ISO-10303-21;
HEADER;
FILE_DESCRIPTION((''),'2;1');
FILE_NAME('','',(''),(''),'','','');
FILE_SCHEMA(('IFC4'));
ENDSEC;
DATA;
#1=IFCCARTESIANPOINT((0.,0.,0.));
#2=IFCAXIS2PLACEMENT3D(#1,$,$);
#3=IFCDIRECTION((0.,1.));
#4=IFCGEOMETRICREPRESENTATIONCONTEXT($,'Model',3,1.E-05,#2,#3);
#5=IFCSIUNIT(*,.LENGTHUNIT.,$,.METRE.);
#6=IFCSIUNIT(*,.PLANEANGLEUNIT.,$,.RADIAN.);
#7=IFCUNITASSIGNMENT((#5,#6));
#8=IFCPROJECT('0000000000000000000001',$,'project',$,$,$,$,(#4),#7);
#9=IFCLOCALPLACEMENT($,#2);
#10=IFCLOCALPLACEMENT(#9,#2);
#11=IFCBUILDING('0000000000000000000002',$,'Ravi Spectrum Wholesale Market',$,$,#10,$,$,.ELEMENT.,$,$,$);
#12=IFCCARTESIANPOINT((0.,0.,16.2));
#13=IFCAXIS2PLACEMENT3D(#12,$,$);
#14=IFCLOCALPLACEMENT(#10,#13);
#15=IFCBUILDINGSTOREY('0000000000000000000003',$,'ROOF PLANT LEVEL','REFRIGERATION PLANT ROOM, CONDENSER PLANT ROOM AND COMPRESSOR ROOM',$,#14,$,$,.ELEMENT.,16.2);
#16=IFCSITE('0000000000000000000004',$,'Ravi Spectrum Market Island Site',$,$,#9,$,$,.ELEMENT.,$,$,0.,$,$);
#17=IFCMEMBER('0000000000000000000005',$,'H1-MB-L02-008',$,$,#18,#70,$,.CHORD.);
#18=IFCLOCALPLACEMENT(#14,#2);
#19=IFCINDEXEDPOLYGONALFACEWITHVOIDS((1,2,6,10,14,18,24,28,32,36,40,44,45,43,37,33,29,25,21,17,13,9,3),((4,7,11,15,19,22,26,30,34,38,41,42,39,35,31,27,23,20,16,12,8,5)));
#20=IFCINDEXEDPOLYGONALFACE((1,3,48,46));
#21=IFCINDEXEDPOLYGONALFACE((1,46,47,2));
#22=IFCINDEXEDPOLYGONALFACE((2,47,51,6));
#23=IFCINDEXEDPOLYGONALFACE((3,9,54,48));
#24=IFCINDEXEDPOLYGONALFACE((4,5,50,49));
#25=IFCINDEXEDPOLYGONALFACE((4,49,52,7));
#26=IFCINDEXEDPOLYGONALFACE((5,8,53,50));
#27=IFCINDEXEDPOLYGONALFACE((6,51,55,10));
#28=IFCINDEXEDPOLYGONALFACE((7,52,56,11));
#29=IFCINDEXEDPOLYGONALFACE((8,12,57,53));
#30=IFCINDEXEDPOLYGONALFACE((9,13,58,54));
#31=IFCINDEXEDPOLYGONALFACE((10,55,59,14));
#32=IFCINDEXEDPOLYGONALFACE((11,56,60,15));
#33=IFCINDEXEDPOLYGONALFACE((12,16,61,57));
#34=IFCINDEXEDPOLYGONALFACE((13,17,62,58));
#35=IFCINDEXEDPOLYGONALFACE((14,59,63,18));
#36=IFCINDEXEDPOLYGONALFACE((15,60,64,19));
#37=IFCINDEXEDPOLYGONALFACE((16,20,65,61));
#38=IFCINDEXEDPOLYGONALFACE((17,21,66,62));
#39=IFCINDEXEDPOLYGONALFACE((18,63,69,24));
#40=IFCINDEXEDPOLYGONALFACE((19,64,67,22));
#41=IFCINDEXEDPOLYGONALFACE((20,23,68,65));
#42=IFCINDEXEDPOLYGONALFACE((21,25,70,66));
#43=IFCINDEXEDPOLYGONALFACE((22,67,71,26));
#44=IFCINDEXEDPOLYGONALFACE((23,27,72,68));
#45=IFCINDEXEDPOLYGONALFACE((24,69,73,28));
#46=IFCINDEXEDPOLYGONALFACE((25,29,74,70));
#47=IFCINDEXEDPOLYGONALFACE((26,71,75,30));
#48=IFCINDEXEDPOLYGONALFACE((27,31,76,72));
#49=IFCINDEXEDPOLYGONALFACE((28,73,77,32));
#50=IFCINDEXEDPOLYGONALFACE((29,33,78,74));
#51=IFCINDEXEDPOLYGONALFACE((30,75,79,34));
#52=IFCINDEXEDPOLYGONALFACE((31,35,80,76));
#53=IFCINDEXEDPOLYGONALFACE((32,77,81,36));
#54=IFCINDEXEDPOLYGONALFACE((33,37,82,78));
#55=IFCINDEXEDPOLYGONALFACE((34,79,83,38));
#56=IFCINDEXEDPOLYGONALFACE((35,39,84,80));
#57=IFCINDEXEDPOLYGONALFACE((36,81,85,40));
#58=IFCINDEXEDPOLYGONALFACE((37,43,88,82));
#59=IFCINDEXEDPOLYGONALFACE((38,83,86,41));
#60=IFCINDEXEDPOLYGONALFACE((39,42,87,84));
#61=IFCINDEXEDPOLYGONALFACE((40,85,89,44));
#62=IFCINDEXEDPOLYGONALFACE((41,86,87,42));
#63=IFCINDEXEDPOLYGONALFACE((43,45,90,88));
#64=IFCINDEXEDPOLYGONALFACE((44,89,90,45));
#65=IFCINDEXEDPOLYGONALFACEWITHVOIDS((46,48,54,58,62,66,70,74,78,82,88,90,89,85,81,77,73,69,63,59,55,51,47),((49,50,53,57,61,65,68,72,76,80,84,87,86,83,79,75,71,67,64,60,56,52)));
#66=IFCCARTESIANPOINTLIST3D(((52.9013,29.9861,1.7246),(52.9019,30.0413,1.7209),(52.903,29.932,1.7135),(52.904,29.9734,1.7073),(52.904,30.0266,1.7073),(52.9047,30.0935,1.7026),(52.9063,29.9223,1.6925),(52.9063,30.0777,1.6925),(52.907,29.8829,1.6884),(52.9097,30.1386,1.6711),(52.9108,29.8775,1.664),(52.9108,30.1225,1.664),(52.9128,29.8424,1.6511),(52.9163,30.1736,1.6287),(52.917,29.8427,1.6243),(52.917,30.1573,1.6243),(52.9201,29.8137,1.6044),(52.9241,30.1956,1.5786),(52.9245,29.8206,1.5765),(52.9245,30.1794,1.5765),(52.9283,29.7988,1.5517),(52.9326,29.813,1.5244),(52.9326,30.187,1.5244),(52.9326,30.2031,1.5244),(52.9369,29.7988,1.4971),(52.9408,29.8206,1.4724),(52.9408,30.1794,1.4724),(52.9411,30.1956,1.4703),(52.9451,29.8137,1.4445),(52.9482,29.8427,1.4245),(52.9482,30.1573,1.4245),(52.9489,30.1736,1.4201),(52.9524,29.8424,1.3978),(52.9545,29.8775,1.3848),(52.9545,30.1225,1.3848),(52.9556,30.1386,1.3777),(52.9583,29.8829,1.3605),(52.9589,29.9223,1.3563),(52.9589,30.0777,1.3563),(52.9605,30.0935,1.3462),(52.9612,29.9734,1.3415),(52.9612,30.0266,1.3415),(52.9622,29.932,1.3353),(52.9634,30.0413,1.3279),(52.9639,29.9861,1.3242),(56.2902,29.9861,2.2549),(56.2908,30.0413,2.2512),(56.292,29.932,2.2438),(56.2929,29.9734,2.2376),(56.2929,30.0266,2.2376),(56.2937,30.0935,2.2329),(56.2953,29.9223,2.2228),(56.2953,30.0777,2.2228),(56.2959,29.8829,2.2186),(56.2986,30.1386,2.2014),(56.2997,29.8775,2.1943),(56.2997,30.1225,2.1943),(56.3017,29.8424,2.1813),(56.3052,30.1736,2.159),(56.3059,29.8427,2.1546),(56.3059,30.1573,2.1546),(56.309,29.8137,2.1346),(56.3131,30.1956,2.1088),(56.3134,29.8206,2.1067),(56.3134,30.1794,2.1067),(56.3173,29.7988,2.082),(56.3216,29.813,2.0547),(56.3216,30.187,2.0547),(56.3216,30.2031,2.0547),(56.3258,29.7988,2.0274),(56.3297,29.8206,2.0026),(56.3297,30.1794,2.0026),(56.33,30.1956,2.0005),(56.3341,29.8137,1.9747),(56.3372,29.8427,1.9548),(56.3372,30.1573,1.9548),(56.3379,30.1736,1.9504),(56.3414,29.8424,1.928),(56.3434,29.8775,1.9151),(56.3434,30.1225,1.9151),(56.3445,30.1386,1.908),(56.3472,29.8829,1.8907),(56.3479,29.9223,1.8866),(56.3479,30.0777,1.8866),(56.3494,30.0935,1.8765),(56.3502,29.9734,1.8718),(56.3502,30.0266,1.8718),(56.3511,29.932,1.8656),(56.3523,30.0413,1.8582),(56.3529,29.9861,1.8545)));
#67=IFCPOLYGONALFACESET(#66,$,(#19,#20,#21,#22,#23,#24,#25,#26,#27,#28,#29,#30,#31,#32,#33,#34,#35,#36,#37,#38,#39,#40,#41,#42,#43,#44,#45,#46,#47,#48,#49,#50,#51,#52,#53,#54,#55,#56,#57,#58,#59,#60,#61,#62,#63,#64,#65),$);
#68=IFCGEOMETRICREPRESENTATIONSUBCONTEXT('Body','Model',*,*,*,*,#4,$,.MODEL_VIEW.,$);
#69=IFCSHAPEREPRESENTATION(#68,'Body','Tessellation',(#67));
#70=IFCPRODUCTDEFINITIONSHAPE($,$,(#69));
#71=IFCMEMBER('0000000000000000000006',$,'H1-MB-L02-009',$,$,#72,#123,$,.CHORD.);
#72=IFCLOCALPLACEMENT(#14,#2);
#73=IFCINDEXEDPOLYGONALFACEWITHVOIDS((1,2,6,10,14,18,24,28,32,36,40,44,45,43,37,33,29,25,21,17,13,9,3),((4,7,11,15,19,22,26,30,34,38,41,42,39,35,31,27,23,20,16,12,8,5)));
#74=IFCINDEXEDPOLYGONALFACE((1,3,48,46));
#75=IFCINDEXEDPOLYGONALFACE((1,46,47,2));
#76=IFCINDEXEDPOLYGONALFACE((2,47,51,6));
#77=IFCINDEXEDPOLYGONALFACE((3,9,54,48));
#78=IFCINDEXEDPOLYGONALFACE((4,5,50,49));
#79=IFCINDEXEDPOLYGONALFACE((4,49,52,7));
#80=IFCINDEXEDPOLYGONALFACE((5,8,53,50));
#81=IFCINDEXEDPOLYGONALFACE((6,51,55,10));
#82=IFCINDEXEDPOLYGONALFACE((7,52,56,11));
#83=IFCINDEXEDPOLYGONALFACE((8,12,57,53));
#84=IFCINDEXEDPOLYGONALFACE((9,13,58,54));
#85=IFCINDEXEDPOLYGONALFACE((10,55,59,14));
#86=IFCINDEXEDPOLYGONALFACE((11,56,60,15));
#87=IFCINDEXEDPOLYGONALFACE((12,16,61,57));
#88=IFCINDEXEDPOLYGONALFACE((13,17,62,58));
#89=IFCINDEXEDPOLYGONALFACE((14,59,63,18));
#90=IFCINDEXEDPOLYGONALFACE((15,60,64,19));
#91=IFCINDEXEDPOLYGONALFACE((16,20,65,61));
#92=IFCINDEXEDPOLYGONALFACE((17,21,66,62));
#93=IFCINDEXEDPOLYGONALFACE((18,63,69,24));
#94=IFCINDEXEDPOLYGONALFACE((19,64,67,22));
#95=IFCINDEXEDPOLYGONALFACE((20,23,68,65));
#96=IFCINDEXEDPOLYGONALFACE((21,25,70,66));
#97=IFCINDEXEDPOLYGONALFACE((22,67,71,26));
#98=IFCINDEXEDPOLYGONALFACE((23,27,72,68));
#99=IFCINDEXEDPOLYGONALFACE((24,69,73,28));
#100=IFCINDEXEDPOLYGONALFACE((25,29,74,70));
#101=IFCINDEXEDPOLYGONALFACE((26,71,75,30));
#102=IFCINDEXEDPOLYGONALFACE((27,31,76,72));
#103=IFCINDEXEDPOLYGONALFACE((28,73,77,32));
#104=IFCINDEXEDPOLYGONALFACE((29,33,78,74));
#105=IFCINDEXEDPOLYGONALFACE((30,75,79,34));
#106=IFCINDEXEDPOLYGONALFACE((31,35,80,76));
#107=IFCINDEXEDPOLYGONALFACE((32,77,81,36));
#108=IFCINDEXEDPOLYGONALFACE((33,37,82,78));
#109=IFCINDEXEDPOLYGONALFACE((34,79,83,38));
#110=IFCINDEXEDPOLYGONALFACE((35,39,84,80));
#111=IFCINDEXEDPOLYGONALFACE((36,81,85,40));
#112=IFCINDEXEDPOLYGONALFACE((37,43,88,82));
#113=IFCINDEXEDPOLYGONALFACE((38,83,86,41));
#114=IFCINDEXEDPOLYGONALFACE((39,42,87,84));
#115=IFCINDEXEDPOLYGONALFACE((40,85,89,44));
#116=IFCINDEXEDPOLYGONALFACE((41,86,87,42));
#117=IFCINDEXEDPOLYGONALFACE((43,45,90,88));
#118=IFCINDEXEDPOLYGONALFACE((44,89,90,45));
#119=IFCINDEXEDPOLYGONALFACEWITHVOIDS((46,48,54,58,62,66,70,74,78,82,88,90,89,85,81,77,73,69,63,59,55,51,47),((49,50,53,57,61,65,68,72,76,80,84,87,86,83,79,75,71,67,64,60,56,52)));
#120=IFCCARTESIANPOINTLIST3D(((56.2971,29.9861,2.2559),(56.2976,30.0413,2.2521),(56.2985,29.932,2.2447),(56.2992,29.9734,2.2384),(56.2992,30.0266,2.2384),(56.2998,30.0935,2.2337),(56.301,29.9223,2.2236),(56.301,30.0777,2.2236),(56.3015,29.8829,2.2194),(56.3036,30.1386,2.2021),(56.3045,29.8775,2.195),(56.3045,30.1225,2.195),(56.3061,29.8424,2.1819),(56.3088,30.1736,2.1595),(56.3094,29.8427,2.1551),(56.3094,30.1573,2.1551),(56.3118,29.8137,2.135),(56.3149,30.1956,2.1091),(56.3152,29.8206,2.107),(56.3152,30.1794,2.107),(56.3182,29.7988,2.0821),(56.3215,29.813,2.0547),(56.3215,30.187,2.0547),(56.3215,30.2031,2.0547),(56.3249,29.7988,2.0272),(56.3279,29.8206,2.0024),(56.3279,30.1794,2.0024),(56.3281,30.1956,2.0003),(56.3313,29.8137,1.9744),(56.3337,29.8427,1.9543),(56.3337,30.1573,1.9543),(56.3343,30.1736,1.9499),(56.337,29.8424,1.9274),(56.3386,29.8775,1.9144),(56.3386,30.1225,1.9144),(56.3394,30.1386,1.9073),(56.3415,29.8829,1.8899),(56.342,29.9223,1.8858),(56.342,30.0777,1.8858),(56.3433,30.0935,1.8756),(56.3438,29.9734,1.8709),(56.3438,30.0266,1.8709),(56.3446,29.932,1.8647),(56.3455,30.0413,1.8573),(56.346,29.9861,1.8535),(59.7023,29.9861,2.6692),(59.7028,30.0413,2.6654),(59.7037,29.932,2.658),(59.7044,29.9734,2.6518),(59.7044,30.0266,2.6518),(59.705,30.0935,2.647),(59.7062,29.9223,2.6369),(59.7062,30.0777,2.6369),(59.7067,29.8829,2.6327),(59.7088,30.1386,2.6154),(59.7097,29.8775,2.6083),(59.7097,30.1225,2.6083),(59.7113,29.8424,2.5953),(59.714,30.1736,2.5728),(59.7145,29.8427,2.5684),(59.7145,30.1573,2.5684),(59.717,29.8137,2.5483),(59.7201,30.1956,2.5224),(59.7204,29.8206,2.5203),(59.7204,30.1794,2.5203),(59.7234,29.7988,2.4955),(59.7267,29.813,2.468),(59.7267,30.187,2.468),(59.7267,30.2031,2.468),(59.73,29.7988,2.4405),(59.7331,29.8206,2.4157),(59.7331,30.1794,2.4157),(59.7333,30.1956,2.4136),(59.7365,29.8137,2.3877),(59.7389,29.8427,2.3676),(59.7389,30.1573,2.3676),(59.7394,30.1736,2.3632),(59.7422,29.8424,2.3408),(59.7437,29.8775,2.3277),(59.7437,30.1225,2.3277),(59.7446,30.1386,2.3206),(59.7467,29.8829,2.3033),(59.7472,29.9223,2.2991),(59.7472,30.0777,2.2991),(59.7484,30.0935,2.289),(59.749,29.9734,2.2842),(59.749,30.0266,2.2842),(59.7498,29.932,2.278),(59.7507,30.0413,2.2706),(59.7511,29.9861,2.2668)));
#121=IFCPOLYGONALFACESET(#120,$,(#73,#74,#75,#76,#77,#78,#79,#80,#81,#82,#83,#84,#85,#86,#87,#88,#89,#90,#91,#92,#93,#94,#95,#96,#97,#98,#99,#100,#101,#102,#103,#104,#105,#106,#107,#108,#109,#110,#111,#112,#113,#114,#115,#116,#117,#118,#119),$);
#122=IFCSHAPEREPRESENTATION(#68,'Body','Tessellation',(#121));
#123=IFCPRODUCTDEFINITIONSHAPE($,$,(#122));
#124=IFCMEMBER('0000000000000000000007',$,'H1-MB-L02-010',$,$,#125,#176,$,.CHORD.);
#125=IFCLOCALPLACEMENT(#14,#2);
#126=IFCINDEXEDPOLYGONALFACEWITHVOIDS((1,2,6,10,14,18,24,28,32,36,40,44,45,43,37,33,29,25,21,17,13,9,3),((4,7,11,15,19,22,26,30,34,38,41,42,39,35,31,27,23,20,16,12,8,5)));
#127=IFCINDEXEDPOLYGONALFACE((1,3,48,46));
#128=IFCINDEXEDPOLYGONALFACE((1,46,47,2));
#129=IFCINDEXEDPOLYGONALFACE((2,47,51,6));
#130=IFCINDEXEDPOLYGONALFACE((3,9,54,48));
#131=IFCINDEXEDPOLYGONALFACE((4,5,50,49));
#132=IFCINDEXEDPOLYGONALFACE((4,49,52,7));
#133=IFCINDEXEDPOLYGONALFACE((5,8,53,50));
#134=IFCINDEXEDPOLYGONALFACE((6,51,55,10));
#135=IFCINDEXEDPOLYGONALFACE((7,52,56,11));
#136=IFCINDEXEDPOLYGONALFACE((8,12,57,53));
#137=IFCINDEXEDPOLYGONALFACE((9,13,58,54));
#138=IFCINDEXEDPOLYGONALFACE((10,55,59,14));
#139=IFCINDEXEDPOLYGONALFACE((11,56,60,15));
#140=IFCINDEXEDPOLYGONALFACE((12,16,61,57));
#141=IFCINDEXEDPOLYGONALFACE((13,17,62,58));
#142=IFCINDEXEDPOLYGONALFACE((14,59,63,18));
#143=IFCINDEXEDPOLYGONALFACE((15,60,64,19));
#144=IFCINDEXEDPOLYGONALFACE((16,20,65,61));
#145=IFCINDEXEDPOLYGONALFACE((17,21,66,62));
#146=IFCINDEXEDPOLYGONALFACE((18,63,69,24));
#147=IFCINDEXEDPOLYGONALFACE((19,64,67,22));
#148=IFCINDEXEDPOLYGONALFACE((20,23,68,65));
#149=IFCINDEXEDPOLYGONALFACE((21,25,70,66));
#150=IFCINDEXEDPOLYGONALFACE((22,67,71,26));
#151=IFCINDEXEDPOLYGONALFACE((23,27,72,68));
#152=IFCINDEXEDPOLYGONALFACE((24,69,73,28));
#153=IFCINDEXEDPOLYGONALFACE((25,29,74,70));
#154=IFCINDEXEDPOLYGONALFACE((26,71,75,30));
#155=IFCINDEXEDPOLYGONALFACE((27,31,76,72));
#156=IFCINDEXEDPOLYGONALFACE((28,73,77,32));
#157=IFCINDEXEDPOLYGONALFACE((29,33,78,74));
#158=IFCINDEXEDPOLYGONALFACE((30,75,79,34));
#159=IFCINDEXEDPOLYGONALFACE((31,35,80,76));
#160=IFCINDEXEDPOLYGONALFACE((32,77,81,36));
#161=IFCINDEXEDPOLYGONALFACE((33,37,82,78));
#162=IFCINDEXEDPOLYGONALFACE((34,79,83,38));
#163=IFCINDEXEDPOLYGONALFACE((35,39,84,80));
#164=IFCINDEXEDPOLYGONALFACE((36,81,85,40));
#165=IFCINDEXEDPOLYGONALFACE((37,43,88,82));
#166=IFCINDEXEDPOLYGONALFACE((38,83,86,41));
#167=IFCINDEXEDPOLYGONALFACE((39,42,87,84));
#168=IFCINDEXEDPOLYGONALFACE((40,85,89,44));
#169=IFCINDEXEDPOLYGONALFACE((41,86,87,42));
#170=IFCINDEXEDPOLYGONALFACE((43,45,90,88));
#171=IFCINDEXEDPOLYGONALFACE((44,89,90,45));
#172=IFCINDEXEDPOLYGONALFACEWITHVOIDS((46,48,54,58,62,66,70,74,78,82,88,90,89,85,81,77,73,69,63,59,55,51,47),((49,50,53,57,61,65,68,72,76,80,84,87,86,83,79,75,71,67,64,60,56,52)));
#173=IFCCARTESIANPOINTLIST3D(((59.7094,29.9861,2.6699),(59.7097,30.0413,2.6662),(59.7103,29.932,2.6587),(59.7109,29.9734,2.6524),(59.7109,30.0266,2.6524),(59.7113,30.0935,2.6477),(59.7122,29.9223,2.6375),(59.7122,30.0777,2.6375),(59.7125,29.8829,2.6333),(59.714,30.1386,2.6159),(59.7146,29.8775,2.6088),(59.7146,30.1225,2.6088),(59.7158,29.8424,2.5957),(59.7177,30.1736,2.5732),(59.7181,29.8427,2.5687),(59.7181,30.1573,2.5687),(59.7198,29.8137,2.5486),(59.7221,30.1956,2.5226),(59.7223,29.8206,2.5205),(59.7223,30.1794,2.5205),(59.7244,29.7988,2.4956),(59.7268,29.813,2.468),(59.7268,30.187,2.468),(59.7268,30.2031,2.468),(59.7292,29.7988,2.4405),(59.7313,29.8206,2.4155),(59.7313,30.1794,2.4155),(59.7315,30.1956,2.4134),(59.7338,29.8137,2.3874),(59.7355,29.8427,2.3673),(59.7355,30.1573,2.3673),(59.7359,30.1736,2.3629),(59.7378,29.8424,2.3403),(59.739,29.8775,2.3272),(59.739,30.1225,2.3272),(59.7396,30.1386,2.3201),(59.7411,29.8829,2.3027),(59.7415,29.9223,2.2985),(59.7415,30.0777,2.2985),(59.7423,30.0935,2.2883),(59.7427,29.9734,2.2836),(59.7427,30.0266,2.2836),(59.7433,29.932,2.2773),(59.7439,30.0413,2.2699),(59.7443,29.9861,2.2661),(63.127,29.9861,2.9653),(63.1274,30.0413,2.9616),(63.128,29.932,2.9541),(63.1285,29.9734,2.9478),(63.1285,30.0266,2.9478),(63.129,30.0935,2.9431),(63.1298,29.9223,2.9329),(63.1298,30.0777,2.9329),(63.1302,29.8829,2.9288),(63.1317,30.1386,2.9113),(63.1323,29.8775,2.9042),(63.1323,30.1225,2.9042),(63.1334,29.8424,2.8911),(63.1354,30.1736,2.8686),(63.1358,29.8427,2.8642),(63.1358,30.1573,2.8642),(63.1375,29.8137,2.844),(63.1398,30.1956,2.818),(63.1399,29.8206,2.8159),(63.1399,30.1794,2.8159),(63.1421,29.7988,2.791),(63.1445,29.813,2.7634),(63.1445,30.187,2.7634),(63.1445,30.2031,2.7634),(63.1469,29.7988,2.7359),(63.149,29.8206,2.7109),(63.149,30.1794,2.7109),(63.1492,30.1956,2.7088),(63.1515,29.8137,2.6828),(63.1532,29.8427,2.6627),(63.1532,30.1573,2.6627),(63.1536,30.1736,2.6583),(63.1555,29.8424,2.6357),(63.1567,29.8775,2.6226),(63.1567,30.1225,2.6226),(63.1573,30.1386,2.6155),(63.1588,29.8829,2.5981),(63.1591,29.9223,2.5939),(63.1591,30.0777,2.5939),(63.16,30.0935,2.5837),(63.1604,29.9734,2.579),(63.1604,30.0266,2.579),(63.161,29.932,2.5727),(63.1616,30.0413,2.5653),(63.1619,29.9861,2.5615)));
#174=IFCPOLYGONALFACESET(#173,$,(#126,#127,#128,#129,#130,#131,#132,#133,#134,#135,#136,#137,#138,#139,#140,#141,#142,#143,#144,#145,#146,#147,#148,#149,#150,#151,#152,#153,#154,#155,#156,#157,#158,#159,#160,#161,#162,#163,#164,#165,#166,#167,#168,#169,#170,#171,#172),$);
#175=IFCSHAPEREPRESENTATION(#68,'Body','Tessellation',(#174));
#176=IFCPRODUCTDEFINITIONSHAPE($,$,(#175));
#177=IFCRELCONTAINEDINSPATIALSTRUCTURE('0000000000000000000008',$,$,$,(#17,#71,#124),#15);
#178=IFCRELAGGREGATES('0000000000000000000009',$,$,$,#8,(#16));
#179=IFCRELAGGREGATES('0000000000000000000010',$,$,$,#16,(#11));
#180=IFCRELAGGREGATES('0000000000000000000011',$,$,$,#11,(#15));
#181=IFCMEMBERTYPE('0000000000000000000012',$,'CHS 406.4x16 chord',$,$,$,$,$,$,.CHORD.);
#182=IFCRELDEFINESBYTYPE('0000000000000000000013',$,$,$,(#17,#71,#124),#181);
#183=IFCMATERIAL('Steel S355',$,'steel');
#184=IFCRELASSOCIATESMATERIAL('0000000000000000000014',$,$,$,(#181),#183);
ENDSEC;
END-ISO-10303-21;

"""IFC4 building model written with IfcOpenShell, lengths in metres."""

from ifc_helpers import new_model, si_unit, direction, frame, origin, origin_2d, place, context, subcontext, project, spatial, hollow_circle, extrude, material, material_profile, profile_set, type_object, element, save


model = new_model("IFC4")

# Units and contexts
model_context = context("Model", 3, precision=1e-05, world=origin(), true_north=direction((0.0, 1.0)))
body_context = subcontext(model_context, "Body", "Model", "MODEL_VIEW")
ifc_project = project(units=[si_unit("LENGTHUNIT", "METRE"), si_unit("PLANEANGLEUNIT", "RADIAN")], contexts=[model_context])

# Site, building, storey
site_placement = place(None, origin())
site = spatial("IfcSite", under=ifc_project, at=site_placement, Name="Ravi Spectrum Market Island Site", CompositionType="ELEMENT", RefElevation=0.0)
building_placement = place(site_placement, origin())
building = spatial("IfcBuilding", under=site, at=building_placement, Name="Ravi Spectrum Wholesale Market", CompositionType="ELEMENT")
storey_placement = place(building_placement, frame((0.0, 0.0, 16.2)))
storey = spatial("IfcBuildingStorey", under=building, at=storey_placement, Name="ROOF PLANT LEVEL", Description="REFRIGERATION PLANT ROOM, CONDENSER PLANT ROOM AND COMPRESSOR ROOM", CompositionType="ELEMENT", Elevation=16.2)

# Members
ifc_material_1 = material(Name="Steel S355", Category="steel")
ifc_material_profile_1 = material_profile(ifc_material_1, hollow_circle(Radius=0.2031, WallThickness=0.0161, at=origin_2d()))
ifc_profile_set_1 = profile_set([ifc_material_profile_1], Name="Steel S355")
member_type_1 = type_object("IfcMemberType", Name="CHS 406.4x16 chord", PredefinedType="CHORD", material=ifc_profile_set_1)
for number, where, z_axis, x_axis, name in (
    (1, (52.9326, 30.0, 1.5244), (0.987978, 0.0, 0.154592), (0.0, 1.0, 0.0), "H1-MB-L02-008"),
    (2, (56.3215, 30.0, 2.0547), (0.992714, 0.0, 0.120495), (0.0, 1.0, 0.0), "H1-MB-L02-009"),
):
    element("IfcMember", number, at=place(storey_placement, frame(where, z_axis=z_axis, x_axis=x_axis)), inside=storey, type_object=member_type_1, Name=name, PredefinedType="CHORD", context=body_context, shape_type="SweptSolid", body=[
        extrude(hollow_circle(Radius=0.2031, WallThickness=0.0161, at=origin_2d()), origin(), (0.0, 0.0, 1.0), 3.4302),
    ])
for number, where, z_axis, x_axis, name in (
    (3, (59.7268, 30.0, 2.468), (0.996285, 0.0, 0.086114), (0.0, 1.0, 0.0), "H1-MB-L02-010"),
):
    element("IfcMember", number, at=place(storey_placement, frame(where, z_axis=z_axis, x_axis=x_axis)), inside=storey, type_object=member_type_1, Name=name, PredefinedType="CHORD", context=body_context, shape_type="SweptSolid", body=[
        extrude(hollow_circle(Radius=0.2031, WallThickness=0.0161, at=origin_2d()), origin(), (0.0, 0.0, 1.0), 3.4304),
    ])

save(model, "model.ifc")
